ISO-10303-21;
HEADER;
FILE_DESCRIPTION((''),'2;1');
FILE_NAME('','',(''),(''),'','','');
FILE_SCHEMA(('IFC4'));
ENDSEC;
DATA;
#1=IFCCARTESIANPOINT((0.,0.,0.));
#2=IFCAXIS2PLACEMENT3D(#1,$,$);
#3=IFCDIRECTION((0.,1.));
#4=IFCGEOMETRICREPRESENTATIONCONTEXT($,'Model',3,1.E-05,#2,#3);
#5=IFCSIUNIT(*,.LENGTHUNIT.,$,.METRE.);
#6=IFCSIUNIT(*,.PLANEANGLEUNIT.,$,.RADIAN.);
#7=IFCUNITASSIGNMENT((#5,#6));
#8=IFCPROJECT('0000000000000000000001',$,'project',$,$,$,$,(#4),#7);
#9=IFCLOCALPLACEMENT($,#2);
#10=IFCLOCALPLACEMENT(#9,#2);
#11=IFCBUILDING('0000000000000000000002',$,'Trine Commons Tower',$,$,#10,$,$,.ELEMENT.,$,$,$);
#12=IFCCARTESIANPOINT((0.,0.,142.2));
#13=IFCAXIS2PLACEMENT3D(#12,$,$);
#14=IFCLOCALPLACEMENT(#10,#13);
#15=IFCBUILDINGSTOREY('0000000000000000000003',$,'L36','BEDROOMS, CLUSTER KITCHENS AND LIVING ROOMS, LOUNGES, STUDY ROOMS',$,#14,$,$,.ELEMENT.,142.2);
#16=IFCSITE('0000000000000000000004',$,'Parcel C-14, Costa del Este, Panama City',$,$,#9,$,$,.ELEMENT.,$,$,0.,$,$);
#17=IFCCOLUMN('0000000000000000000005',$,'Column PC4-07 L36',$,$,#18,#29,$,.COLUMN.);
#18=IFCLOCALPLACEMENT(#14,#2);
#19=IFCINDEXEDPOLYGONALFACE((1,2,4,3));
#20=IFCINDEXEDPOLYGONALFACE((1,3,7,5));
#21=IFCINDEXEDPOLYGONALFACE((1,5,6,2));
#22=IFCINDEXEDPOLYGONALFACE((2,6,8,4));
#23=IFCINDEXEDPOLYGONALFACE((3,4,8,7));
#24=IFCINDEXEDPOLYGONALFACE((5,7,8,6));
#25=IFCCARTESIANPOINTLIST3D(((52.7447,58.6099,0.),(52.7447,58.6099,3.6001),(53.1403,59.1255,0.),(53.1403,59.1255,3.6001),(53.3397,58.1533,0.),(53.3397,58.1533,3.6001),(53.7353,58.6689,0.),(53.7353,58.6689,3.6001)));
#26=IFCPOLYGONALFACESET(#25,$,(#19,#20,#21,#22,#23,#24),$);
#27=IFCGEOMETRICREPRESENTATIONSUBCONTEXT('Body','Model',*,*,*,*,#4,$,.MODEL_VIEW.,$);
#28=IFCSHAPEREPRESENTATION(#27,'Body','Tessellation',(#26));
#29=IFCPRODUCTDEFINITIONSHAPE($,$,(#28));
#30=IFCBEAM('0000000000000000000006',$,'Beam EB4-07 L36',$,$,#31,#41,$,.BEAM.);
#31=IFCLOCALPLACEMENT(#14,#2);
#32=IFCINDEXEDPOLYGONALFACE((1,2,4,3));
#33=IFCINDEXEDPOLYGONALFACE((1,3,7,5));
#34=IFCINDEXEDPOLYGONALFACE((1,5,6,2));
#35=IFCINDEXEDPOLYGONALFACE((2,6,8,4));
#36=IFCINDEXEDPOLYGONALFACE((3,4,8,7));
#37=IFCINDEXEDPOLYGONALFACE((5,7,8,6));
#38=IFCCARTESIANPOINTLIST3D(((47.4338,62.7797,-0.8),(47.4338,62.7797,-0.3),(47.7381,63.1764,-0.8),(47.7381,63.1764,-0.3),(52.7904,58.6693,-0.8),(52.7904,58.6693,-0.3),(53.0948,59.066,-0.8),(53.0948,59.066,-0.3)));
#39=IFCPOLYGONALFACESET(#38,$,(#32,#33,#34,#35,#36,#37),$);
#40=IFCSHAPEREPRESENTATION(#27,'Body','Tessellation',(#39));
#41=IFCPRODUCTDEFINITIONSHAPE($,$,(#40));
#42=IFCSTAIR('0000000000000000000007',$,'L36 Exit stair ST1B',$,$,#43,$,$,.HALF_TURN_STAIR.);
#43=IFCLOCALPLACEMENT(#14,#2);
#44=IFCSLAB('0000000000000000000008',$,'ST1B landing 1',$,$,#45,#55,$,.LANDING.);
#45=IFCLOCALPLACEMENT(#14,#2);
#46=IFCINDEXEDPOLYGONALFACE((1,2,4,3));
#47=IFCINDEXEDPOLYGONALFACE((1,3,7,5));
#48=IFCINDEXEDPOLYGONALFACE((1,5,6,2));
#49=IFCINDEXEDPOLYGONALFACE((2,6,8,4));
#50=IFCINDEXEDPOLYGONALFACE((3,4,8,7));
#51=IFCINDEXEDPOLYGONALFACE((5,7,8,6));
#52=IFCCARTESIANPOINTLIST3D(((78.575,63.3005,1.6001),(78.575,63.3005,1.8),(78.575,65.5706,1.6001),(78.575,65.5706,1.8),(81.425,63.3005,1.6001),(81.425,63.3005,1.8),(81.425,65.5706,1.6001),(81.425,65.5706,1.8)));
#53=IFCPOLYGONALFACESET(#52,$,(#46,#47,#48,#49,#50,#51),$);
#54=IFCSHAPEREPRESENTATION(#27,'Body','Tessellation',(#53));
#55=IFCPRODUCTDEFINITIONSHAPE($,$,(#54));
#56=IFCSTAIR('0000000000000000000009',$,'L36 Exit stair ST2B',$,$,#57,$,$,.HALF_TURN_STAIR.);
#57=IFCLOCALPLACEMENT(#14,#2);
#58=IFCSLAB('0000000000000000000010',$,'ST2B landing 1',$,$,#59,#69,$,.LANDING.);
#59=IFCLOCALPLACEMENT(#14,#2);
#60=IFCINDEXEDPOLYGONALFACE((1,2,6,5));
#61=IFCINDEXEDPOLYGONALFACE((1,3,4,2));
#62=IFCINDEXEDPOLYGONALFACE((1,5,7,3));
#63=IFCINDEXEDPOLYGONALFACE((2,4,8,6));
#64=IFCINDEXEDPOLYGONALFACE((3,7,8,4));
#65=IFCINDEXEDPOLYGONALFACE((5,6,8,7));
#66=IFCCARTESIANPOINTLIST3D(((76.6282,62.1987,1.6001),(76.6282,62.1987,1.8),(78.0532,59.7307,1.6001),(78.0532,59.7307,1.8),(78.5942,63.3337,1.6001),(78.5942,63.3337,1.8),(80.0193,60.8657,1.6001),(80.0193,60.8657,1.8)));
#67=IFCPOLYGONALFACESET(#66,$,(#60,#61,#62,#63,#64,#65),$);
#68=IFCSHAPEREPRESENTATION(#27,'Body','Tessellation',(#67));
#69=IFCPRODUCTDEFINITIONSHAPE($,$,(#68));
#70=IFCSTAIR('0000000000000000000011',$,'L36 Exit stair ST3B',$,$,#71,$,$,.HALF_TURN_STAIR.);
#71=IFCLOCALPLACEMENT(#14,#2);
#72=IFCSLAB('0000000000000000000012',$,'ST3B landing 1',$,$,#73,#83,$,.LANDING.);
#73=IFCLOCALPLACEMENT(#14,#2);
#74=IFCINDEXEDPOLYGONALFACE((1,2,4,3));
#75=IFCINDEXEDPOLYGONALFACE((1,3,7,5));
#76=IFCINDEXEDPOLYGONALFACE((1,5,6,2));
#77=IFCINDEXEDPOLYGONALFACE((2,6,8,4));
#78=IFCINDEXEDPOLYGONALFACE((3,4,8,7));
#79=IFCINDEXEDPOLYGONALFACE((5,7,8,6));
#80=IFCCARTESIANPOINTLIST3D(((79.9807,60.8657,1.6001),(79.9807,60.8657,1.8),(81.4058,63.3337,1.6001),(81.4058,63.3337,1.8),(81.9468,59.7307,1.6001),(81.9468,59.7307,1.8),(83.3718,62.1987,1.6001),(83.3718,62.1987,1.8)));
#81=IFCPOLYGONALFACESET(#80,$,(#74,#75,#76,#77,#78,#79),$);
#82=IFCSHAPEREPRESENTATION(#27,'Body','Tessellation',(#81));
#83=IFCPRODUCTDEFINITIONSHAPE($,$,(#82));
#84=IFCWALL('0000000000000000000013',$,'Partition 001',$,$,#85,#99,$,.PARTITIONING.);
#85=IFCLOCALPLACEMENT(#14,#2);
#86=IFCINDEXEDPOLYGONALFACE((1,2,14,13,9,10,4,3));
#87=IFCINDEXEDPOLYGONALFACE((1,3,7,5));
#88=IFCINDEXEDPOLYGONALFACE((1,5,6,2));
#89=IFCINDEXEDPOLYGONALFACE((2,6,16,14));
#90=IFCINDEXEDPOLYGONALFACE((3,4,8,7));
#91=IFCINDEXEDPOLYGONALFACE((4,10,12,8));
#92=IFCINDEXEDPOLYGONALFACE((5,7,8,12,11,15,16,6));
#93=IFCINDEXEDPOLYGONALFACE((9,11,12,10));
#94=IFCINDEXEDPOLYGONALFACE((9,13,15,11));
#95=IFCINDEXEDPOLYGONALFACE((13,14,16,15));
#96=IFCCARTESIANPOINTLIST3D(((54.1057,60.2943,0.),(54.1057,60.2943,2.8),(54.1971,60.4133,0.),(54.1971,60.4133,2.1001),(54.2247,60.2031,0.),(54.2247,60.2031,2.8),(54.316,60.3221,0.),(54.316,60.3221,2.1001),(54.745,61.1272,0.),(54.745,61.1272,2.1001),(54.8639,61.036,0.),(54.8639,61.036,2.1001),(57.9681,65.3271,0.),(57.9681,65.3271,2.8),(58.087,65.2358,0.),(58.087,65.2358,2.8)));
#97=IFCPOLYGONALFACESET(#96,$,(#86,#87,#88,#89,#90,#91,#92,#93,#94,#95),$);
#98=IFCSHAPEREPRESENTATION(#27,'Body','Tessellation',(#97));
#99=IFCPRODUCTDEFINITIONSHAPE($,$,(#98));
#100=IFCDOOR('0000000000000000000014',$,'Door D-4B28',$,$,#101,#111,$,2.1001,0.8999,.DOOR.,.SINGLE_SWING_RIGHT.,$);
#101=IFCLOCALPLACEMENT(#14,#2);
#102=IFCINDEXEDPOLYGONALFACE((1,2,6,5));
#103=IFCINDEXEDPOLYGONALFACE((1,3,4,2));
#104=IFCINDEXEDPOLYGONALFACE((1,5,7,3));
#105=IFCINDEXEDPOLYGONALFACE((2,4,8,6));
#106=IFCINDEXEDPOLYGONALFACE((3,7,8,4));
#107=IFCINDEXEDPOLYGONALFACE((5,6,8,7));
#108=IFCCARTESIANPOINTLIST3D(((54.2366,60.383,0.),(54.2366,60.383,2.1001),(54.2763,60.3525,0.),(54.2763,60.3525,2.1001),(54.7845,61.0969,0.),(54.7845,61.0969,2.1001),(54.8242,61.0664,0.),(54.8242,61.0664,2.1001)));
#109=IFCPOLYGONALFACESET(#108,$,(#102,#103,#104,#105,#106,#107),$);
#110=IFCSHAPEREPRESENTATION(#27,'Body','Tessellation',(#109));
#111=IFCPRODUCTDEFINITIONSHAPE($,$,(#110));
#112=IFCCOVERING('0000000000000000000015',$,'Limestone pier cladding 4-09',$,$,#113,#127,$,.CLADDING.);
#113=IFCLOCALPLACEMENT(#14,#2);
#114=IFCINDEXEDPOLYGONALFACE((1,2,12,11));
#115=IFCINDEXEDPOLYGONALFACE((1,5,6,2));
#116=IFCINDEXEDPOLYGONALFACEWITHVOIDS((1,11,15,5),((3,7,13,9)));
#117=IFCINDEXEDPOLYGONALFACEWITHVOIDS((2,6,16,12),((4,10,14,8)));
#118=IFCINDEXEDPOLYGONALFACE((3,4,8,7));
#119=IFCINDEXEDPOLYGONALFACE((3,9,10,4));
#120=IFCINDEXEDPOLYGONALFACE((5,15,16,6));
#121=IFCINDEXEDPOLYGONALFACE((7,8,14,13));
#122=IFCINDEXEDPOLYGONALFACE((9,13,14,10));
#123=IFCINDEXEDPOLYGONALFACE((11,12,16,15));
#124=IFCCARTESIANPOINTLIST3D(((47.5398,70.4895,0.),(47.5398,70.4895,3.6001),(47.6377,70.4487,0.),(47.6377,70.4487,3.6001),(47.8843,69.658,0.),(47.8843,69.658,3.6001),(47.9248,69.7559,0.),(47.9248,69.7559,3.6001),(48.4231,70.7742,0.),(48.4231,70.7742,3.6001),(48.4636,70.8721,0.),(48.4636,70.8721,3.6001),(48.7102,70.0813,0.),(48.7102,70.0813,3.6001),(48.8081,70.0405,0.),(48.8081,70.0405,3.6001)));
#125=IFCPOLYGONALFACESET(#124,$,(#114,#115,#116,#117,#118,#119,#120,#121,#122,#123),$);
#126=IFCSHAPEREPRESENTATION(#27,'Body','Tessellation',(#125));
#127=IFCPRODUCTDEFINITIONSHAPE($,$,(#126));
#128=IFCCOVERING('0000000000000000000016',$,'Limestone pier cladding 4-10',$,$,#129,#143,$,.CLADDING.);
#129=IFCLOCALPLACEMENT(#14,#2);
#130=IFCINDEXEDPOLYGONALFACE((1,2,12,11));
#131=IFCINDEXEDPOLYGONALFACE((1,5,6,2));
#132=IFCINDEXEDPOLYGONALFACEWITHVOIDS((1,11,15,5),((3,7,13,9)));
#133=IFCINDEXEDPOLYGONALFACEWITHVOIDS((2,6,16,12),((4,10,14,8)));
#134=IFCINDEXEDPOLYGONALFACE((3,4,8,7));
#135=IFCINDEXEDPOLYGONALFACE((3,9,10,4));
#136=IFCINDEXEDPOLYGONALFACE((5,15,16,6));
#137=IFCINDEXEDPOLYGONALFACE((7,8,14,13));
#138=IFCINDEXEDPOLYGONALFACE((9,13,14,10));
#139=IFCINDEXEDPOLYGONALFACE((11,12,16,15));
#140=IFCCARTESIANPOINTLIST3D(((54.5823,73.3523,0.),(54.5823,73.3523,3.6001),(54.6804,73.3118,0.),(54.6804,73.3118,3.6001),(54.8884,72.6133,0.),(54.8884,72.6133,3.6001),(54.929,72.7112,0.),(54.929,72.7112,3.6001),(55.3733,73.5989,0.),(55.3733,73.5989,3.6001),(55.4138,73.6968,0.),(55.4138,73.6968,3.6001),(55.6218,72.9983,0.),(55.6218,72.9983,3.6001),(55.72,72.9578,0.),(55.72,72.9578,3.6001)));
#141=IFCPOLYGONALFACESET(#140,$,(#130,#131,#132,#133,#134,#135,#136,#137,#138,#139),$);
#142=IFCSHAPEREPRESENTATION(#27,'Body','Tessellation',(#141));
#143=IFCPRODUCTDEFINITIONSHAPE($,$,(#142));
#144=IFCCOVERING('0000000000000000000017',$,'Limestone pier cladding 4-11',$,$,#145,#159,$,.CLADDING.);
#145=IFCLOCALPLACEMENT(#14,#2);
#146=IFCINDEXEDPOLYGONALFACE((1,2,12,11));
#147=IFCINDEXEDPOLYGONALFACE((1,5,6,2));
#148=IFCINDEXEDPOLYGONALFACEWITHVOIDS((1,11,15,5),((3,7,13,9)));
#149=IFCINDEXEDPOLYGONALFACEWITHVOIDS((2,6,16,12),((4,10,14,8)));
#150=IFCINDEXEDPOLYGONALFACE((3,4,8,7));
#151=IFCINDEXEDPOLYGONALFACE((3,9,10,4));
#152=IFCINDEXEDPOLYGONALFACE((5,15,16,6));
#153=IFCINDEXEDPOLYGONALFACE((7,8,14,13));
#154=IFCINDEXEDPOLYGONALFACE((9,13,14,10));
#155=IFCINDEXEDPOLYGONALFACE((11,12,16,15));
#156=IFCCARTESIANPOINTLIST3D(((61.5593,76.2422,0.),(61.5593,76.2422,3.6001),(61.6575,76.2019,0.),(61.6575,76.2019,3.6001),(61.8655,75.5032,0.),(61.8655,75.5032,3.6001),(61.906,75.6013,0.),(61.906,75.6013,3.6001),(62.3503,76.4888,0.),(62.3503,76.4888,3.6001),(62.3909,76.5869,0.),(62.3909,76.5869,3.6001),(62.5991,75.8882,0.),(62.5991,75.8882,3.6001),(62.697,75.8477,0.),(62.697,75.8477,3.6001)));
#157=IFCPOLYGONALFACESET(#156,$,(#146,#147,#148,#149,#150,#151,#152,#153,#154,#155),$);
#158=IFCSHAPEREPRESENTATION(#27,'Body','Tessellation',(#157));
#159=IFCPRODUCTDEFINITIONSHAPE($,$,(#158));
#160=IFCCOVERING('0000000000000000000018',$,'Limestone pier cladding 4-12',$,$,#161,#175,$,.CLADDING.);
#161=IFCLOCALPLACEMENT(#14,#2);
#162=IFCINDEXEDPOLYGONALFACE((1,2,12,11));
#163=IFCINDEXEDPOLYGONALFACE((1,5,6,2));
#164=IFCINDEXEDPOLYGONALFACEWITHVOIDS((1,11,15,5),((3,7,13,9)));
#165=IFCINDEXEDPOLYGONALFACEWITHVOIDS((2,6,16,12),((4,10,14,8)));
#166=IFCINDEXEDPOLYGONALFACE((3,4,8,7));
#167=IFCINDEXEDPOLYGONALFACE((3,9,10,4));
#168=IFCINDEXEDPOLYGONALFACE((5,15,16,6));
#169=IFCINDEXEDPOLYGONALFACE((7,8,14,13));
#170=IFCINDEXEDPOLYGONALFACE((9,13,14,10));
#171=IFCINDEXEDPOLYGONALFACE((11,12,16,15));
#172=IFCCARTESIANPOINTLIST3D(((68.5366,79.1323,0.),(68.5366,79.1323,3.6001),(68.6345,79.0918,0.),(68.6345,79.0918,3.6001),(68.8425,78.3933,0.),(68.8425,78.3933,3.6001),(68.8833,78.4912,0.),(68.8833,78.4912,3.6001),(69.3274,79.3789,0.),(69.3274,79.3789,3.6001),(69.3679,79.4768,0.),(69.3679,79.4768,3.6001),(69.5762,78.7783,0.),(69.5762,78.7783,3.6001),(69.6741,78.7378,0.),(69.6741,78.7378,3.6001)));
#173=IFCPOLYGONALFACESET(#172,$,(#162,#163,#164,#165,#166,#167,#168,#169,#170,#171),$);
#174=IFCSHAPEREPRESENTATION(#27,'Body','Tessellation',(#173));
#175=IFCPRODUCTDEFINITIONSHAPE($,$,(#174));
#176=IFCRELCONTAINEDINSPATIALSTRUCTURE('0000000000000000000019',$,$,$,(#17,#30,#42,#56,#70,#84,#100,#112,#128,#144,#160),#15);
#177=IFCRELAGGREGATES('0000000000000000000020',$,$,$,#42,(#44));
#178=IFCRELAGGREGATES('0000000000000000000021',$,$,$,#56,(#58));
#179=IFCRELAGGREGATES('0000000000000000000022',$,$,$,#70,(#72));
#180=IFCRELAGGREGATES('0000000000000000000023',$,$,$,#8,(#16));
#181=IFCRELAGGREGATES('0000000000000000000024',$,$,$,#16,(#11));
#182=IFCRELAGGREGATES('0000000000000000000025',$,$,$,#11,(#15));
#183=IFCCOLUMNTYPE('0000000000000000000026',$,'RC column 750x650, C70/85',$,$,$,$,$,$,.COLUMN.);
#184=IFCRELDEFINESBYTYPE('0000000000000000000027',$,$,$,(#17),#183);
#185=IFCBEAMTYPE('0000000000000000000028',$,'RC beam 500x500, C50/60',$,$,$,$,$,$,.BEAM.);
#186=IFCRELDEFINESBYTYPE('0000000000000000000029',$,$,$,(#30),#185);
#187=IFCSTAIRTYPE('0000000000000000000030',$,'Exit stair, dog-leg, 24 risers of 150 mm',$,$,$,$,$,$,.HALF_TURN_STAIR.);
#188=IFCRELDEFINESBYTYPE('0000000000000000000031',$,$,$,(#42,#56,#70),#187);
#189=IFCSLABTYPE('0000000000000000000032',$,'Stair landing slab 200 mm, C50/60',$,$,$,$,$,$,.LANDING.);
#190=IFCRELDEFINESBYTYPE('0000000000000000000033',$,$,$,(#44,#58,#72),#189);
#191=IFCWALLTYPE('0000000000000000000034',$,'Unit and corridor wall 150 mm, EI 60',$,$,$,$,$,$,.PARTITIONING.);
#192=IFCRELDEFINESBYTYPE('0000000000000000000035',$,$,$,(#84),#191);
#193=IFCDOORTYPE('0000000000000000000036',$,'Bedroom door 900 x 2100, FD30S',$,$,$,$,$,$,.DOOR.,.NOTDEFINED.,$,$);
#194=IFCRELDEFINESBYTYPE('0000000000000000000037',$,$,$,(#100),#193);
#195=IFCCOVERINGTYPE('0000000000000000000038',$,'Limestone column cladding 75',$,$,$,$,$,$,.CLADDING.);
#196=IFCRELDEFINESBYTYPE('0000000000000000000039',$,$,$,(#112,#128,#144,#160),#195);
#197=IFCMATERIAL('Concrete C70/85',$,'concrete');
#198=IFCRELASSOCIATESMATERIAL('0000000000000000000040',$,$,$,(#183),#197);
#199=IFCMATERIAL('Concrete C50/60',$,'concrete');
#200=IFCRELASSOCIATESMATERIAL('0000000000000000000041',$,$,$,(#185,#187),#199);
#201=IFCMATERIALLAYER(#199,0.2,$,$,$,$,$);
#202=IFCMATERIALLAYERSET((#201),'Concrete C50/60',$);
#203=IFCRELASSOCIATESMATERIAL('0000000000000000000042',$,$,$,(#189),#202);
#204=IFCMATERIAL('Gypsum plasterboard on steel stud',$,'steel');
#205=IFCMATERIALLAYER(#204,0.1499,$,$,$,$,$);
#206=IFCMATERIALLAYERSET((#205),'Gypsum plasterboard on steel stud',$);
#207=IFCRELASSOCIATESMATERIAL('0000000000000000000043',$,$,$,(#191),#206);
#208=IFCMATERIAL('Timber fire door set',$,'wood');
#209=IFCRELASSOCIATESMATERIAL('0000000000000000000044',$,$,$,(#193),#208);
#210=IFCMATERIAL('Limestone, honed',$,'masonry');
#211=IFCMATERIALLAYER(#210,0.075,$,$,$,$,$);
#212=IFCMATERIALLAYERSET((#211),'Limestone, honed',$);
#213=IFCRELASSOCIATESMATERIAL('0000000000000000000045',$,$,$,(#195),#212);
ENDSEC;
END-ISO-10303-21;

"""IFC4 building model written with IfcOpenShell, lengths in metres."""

from ifc_helpers import new_model, si_unit, direction, frame, frame_2d, origin, origin_2d, place, context, subcontext, project, spatial, polyline, rectangle, outline, extrude, material, layer, layer_set, material_profile, profile_set, type_object, element, fill, aggregate, save


model = new_model("IFC4")

# Units and contexts
model_context = context("Model", 3, precision=1e-05, world=origin(), true_north=direction((0.0, 1.0)))
body_context = subcontext(model_context, "Body", "Model", "MODEL_VIEW")
ifc_project = project(units=[si_unit("LENGTHUNIT", "METRE"), si_unit("PLANEANGLEUNIT", "RADIAN")], contexts=[model_context])

# Site, building, storey
site_placement = place(None, origin())
site = spatial("IfcSite", under=ifc_project, at=site_placement, Name="Parcel C-14, Costa del Este, Panama City", CompositionType="ELEMENT", RefElevation=0.0)
building_placement = place(site_placement, origin())
building = spatial("IfcBuilding", under=site, at=building_placement, Name="Trine Commons Tower", CompositionType="ELEMENT")
storey_placement = place(building_placement, frame((0.0, 0.0, 142.2)))
storey = spatial("IfcBuildingStorey", under=building, at=storey_placement, Name="L36", Description="BEDROOMS, CLUSTER KITCHENS AND LIVING ROOMS, LOUNGES, STUDY ROOMS", CompositionType="ELEMENT", Elevation=142.2)

# Column
ifc_material_1 = material(Name="Concrete C70/85", Category="concrete")
ifc_material_profile_1 = material_profile(ifc_material_1, rectangle(XDim=0.75, YDim=0.6499, at=origin_2d()), Name="RC 750x650")
ifc_profile_set_1 = profile_set([ifc_material_profile_1], Name="Concrete C70/85")
column_type = type_object("IfcColumnType", Name="RC column 750x650, C70/85", PredefinedType="COLUMN", material=ifc_profile_set_1)
column_placement = place(storey_placement, frame((53.24, 58.6394, 0.0), z_axis=(0.0, 0.0, 1.0), x_axis=(-0.793353, 0.608761, 0.0)))
element("IfcColumn", 1, at=column_placement, inside=storey, type_object=column_type, Name="Column PC4-07 L36", PredefinedType="COLUMN", context=body_context, shape_type="SweptSolid", body=[
    extrude(rectangle(XDim=0.75, YDim=0.6499, at=origin_2d()), origin(), (0.0, 0.0, 1.0), 3.6001),
])

# Beam
ifc_material_2 = material(Name="Concrete C50/60", Category="concrete")
ifc_material_profile_2 = material_profile(ifc_material_2, rectangle(XDim=0.5, YDim=0.5, at=origin_2d()), Name="RC 500x500")
ifc_profile_set_2 = profile_set([ifc_material_profile_2], Name="Concrete C50/60")
beam_type = type_object("IfcBeamType", Name="RC beam 500x500, C50/60", PredefinedType="BEAM", material=ifc_profile_set_2)
beam_placement = place(storey_placement, frame((52.9426, 58.8677, -0.55), z_axis=(-0.793352, 0.608763, 0.0), x_axis=(-0.608763, -0.793352, 0.0)))
element("IfcBeam", 2, at=beam_placement, inside=storey, type_object=beam_type, Name="Beam EB4-07 L36", PredefinedType="BEAM", context=body_context, shape_type="SweptSolid", body=[
    extrude(rectangle(XDim=0.5, YDim=0.5, at=origin_2d()), origin(), (0.0, 0.0, 1.0), 6.752),
])

# Stairs, slabs
stair_type = type_object("IfcStairType", Name="Exit stair, dog-leg, 24 risers of 150 mm", PredefinedType="HALF_TURN_STAIR", material=ifc_material_2)
stair_1_placement = place(storey_placement, origin())
stair_1 = element("IfcStair", 3, at=stair_1_placement, inside=storey, type_object=stair_type, Name="L36 Exit stair ST1B", PredefinedType="HALF_TURN_STAIR")
ifc_layer_1 = layer(ifc_material_2, 0.2)
ifc_layer_set_1 = layer_set([ifc_layer_1], Name="Concrete C50/60")
slab_type = type_object("IfcSlabType", Name="Stair landing slab 200 mm, C50/60", PredefinedType="LANDING", material=ifc_layer_set_1)
slab_1_placement = place(storey_placement, frame((0.0, 0.0, 1.6001)))
slab_1 = element("IfcSlab", 4, at=slab_1_placement, type_object=slab_type, Name="ST1B landing 1", PredefinedType="LANDING", context=body_context, shape_type="SweptSolid", body=[
    extrude(outline(polyline([(78.575, 65.5706), (78.575, 63.3005), (81.425, 63.3005), (81.425, 65.5706), (78.575, 65.5706)])), origin(), (0.0, 0.0, 1.0), 0.2),
])
aggregate(stair_1, [slab_1])
stair_2_placement = place(storey_placement, origin())
stair_2 = element("IfcStair", 5, at=stair_2_placement, inside=storey, type_object=stair_type, Name="L36 Exit stair ST2B", PredefinedType="HALF_TURN_STAIR")
slab_2_placement = place(storey_placement, frame((0.0, 0.0, 1.6001)))
slab_2 = element("IfcSlab", 6, at=slab_2_placement, type_object=slab_type, Name="ST2B landing 1", PredefinedType="LANDING", context=body_context, shape_type="SweptSolid", body=[
    extrude(outline(polyline([(78.0532, 59.7307), (80.0193, 60.8657), (78.5942, 63.3337), (76.6282, 62.1987), (78.0532, 59.7307)])), origin(), (0.0, 0.0, 1.0), 0.2),
])
aggregate(stair_2, [slab_2])
stair_3_placement = place(storey_placement, origin())
stair_3 = element("IfcStair", 7, at=stair_3_placement, inside=storey, type_object=stair_type, Name="L36 Exit stair ST3B", PredefinedType="HALF_TURN_STAIR")
slab_3_placement = place(storey_placement, frame((0.0, 0.0, 1.6001)))
slab_3 = element("IfcSlab", 8, at=slab_3_placement, type_object=slab_type, Name="ST3B landing 1", PredefinedType="LANDING", context=body_context, shape_type="SweptSolid", body=[
    extrude(outline(polyline([(83.3718, 62.1987), (81.4058, 63.3337), (79.9807, 60.8657), (81.9468, 59.7307), (83.3718, 62.1987)])), origin(), (0.0, 0.0, 1.0), 0.2),
])
aggregate(stair_3, [slab_3])

# Wall, opening, door
ifc_material_3 = material(Name="Gypsum plasterboard on steel stud", Category="steel")
ifc_layer_2 = layer(ifc_material_3, 0.1499)
ifc_layer_set_2 = layer_set([ifc_layer_2], Name="Gypsum plasterboard on steel stud")
wall_type = type_object("IfcWallType", Name="Unit and corridor wall 150 mm, EI 60", PredefinedType="PARTITIONING", material=ifc_layer_set_2)
wall_placement = place(storey_placement, frame((54.1653, 60.2488, 0.0), z_axis=(0.0, 0.0, 1.0), x_axis=(0.608818, 0.79331, 0.0)))
wall = element("IfcWall", 9, at=wall_placement, inside=storey, type_object=wall_type, Name="Partition 001", PredefinedType="PARTITIONING", context=body_context, shape_type="SweptSolid", body=[
    extrude(rectangle(XDim=6.344, YDim=0.1499, at=frame_2d((3.1719, 0.0))), origin(), (0.0, 0.0, 1.0), 2.8),
])
opening_placement = place(wall_placement, frame((0.1499, 0.0, 0.0)))
opening = element("IfcOpeningElement", 10, at=opening_placement, cuts=wall, PredefinedType="OPENING", context=body_context, shape_type="SweptSolid", body=[
    extrude(rectangle(XDim=0.8999, YDim=2.1001, at=frame_2d((0.45, 1.05))), frame((0.0, 0.085, 0.0), z_axis=(0.0, -1.0, 0.0), x_axis=(1.0, 0.0, 0.0)), (0.0, 0.0, 1.0), 0.1699),
])
ifc_material_4 = material(Name="Timber fire door set", Category="wood")
door_type = type_object("IfcDoorType", Name="Bedroom door 900 x 2100, FD30S", OperationType="NOTDEFINED", PredefinedType="DOOR", material=ifc_material_4)
door_placement = place(opening_placement, frame((0.8999, 0.0, 0.0), z_axis=(0.0, 0.0, 1.0), x_axis=(-1.0, 0.0, 0.0)))
door = element("IfcDoor", 11, at=door_placement, inside=storey, type_object=door_type, Name="Door D-4B28", OperationType="SINGLE_SWING_RIGHT", OverallHeight=2.1001, OverallWidth=0.8999, PredefinedType="DOOR", context=body_context, shape_type="SweptSolid", body=[
    extrude(rectangle(XDim=0.8999, YDim=2.1001, at=frame_2d((0.45, 1.05))), frame((0.0, 0.0249, 0.0), z_axis=(0.0, -1.0, 0.0), x_axis=(1.0, 0.0, 0.0)), (0.0, 0.0, 1.0), 0.05),
])
fill(opening, door)

# Coverings
ifc_material_5 = material(Name="Limestone, honed", Category="masonry")
ifc_layer_3 = layer(ifc_material_5, 0.075)
ifc_layer_set_3 = layer_set([ifc_layer_3], Name="Limestone, honed")
covering_type_1 = type_object("IfcCoveringType", Name="Limestone column cladding 75", PredefinedType="CLADDING", material=ifc_layer_set_3)
covering_1_placement = place(storey_placement, origin())
element("IfcCovering", 12, at=covering_1_placement, inside=storey, type_object=covering_type_1, Name="Limestone pier cladding 4-09", PredefinedType="CLADDING", context=body_context, shape_type="SweptSolid", body=[
    extrude(outline(polyline([(48.8081, 70.0405), (48.4636, 70.8721), (47.5398, 70.4895), (47.8843, 69.658), (48.8081, 70.0405)]), holes=[polyline([(48.7102, 70.0813), (48.4231, 70.7742), (47.6377, 70.4487), (47.9248, 69.7559), (48.7102, 70.0813)])]), origin(), (0.0, 0.0, 1.0), 3.6001),
])
covering_2_placement = place(storey_placement, origin())
element("IfcCovering", 13, at=covering_2_placement, inside=storey, type_object=covering_type_1, Name="Limestone pier cladding 4-10", PredefinedType="CLADDING", context=body_context, shape_type="SweptSolid", body=[
    extrude(outline(polyline([(55.72, 72.9578), (55.4138, 73.6968), (54.5823, 73.3523), (54.8884, 72.6133), (55.72, 72.9578)]), holes=[polyline([(55.6218, 72.9983), (55.3733, 73.5989), (54.6804, 73.3118), (54.929, 72.7112), (55.6218, 72.9983)])]), origin(), (0.0, 0.0, 1.0), 3.6001),
])
covering_3_placement = place(storey_placement, origin())
element("IfcCovering", 14, at=covering_3_placement, inside=storey, type_object=covering_type_1, Name="Limestone pier cladding 4-11", PredefinedType="CLADDING", context=body_context, shape_type="SweptSolid", body=[
    extrude(outline(polyline([(62.697, 75.8477), (62.3909, 76.5869), (61.5593, 76.2422), (61.8655, 75.5032), (62.697, 75.8477)]), holes=[polyline([(62.5991, 75.8882), (62.3503, 76.4888), (61.6575, 76.2019), (61.906, 75.6013), (62.5991, 75.8882)])]), origin(), (0.0, 0.0, 1.0), 3.6001),
])
covering_4_placement = place(storey_placement, origin())
element("IfcCovering", 15, at=covering_4_placement, inside=storey, type_object=covering_type_1, Name="Limestone pier cladding 4-12", PredefinedType="CLADDING", context=body_context, shape_type="SweptSolid", body=[
    extrude(outline(polyline([(69.6741, 78.7378), (69.3679, 79.4768), (68.5366, 79.1323), (68.8425, 78.3933), (69.6741, 78.7378)]), holes=[polyline([(69.5762, 78.7783), (69.3274, 79.3789), (68.6345, 79.0918), (68.8833, 78.4912), (69.5762, 78.7783)])]), origin(), (0.0, 0.0, 1.0), 3.6001),
])

save(model, "model.ifc")
